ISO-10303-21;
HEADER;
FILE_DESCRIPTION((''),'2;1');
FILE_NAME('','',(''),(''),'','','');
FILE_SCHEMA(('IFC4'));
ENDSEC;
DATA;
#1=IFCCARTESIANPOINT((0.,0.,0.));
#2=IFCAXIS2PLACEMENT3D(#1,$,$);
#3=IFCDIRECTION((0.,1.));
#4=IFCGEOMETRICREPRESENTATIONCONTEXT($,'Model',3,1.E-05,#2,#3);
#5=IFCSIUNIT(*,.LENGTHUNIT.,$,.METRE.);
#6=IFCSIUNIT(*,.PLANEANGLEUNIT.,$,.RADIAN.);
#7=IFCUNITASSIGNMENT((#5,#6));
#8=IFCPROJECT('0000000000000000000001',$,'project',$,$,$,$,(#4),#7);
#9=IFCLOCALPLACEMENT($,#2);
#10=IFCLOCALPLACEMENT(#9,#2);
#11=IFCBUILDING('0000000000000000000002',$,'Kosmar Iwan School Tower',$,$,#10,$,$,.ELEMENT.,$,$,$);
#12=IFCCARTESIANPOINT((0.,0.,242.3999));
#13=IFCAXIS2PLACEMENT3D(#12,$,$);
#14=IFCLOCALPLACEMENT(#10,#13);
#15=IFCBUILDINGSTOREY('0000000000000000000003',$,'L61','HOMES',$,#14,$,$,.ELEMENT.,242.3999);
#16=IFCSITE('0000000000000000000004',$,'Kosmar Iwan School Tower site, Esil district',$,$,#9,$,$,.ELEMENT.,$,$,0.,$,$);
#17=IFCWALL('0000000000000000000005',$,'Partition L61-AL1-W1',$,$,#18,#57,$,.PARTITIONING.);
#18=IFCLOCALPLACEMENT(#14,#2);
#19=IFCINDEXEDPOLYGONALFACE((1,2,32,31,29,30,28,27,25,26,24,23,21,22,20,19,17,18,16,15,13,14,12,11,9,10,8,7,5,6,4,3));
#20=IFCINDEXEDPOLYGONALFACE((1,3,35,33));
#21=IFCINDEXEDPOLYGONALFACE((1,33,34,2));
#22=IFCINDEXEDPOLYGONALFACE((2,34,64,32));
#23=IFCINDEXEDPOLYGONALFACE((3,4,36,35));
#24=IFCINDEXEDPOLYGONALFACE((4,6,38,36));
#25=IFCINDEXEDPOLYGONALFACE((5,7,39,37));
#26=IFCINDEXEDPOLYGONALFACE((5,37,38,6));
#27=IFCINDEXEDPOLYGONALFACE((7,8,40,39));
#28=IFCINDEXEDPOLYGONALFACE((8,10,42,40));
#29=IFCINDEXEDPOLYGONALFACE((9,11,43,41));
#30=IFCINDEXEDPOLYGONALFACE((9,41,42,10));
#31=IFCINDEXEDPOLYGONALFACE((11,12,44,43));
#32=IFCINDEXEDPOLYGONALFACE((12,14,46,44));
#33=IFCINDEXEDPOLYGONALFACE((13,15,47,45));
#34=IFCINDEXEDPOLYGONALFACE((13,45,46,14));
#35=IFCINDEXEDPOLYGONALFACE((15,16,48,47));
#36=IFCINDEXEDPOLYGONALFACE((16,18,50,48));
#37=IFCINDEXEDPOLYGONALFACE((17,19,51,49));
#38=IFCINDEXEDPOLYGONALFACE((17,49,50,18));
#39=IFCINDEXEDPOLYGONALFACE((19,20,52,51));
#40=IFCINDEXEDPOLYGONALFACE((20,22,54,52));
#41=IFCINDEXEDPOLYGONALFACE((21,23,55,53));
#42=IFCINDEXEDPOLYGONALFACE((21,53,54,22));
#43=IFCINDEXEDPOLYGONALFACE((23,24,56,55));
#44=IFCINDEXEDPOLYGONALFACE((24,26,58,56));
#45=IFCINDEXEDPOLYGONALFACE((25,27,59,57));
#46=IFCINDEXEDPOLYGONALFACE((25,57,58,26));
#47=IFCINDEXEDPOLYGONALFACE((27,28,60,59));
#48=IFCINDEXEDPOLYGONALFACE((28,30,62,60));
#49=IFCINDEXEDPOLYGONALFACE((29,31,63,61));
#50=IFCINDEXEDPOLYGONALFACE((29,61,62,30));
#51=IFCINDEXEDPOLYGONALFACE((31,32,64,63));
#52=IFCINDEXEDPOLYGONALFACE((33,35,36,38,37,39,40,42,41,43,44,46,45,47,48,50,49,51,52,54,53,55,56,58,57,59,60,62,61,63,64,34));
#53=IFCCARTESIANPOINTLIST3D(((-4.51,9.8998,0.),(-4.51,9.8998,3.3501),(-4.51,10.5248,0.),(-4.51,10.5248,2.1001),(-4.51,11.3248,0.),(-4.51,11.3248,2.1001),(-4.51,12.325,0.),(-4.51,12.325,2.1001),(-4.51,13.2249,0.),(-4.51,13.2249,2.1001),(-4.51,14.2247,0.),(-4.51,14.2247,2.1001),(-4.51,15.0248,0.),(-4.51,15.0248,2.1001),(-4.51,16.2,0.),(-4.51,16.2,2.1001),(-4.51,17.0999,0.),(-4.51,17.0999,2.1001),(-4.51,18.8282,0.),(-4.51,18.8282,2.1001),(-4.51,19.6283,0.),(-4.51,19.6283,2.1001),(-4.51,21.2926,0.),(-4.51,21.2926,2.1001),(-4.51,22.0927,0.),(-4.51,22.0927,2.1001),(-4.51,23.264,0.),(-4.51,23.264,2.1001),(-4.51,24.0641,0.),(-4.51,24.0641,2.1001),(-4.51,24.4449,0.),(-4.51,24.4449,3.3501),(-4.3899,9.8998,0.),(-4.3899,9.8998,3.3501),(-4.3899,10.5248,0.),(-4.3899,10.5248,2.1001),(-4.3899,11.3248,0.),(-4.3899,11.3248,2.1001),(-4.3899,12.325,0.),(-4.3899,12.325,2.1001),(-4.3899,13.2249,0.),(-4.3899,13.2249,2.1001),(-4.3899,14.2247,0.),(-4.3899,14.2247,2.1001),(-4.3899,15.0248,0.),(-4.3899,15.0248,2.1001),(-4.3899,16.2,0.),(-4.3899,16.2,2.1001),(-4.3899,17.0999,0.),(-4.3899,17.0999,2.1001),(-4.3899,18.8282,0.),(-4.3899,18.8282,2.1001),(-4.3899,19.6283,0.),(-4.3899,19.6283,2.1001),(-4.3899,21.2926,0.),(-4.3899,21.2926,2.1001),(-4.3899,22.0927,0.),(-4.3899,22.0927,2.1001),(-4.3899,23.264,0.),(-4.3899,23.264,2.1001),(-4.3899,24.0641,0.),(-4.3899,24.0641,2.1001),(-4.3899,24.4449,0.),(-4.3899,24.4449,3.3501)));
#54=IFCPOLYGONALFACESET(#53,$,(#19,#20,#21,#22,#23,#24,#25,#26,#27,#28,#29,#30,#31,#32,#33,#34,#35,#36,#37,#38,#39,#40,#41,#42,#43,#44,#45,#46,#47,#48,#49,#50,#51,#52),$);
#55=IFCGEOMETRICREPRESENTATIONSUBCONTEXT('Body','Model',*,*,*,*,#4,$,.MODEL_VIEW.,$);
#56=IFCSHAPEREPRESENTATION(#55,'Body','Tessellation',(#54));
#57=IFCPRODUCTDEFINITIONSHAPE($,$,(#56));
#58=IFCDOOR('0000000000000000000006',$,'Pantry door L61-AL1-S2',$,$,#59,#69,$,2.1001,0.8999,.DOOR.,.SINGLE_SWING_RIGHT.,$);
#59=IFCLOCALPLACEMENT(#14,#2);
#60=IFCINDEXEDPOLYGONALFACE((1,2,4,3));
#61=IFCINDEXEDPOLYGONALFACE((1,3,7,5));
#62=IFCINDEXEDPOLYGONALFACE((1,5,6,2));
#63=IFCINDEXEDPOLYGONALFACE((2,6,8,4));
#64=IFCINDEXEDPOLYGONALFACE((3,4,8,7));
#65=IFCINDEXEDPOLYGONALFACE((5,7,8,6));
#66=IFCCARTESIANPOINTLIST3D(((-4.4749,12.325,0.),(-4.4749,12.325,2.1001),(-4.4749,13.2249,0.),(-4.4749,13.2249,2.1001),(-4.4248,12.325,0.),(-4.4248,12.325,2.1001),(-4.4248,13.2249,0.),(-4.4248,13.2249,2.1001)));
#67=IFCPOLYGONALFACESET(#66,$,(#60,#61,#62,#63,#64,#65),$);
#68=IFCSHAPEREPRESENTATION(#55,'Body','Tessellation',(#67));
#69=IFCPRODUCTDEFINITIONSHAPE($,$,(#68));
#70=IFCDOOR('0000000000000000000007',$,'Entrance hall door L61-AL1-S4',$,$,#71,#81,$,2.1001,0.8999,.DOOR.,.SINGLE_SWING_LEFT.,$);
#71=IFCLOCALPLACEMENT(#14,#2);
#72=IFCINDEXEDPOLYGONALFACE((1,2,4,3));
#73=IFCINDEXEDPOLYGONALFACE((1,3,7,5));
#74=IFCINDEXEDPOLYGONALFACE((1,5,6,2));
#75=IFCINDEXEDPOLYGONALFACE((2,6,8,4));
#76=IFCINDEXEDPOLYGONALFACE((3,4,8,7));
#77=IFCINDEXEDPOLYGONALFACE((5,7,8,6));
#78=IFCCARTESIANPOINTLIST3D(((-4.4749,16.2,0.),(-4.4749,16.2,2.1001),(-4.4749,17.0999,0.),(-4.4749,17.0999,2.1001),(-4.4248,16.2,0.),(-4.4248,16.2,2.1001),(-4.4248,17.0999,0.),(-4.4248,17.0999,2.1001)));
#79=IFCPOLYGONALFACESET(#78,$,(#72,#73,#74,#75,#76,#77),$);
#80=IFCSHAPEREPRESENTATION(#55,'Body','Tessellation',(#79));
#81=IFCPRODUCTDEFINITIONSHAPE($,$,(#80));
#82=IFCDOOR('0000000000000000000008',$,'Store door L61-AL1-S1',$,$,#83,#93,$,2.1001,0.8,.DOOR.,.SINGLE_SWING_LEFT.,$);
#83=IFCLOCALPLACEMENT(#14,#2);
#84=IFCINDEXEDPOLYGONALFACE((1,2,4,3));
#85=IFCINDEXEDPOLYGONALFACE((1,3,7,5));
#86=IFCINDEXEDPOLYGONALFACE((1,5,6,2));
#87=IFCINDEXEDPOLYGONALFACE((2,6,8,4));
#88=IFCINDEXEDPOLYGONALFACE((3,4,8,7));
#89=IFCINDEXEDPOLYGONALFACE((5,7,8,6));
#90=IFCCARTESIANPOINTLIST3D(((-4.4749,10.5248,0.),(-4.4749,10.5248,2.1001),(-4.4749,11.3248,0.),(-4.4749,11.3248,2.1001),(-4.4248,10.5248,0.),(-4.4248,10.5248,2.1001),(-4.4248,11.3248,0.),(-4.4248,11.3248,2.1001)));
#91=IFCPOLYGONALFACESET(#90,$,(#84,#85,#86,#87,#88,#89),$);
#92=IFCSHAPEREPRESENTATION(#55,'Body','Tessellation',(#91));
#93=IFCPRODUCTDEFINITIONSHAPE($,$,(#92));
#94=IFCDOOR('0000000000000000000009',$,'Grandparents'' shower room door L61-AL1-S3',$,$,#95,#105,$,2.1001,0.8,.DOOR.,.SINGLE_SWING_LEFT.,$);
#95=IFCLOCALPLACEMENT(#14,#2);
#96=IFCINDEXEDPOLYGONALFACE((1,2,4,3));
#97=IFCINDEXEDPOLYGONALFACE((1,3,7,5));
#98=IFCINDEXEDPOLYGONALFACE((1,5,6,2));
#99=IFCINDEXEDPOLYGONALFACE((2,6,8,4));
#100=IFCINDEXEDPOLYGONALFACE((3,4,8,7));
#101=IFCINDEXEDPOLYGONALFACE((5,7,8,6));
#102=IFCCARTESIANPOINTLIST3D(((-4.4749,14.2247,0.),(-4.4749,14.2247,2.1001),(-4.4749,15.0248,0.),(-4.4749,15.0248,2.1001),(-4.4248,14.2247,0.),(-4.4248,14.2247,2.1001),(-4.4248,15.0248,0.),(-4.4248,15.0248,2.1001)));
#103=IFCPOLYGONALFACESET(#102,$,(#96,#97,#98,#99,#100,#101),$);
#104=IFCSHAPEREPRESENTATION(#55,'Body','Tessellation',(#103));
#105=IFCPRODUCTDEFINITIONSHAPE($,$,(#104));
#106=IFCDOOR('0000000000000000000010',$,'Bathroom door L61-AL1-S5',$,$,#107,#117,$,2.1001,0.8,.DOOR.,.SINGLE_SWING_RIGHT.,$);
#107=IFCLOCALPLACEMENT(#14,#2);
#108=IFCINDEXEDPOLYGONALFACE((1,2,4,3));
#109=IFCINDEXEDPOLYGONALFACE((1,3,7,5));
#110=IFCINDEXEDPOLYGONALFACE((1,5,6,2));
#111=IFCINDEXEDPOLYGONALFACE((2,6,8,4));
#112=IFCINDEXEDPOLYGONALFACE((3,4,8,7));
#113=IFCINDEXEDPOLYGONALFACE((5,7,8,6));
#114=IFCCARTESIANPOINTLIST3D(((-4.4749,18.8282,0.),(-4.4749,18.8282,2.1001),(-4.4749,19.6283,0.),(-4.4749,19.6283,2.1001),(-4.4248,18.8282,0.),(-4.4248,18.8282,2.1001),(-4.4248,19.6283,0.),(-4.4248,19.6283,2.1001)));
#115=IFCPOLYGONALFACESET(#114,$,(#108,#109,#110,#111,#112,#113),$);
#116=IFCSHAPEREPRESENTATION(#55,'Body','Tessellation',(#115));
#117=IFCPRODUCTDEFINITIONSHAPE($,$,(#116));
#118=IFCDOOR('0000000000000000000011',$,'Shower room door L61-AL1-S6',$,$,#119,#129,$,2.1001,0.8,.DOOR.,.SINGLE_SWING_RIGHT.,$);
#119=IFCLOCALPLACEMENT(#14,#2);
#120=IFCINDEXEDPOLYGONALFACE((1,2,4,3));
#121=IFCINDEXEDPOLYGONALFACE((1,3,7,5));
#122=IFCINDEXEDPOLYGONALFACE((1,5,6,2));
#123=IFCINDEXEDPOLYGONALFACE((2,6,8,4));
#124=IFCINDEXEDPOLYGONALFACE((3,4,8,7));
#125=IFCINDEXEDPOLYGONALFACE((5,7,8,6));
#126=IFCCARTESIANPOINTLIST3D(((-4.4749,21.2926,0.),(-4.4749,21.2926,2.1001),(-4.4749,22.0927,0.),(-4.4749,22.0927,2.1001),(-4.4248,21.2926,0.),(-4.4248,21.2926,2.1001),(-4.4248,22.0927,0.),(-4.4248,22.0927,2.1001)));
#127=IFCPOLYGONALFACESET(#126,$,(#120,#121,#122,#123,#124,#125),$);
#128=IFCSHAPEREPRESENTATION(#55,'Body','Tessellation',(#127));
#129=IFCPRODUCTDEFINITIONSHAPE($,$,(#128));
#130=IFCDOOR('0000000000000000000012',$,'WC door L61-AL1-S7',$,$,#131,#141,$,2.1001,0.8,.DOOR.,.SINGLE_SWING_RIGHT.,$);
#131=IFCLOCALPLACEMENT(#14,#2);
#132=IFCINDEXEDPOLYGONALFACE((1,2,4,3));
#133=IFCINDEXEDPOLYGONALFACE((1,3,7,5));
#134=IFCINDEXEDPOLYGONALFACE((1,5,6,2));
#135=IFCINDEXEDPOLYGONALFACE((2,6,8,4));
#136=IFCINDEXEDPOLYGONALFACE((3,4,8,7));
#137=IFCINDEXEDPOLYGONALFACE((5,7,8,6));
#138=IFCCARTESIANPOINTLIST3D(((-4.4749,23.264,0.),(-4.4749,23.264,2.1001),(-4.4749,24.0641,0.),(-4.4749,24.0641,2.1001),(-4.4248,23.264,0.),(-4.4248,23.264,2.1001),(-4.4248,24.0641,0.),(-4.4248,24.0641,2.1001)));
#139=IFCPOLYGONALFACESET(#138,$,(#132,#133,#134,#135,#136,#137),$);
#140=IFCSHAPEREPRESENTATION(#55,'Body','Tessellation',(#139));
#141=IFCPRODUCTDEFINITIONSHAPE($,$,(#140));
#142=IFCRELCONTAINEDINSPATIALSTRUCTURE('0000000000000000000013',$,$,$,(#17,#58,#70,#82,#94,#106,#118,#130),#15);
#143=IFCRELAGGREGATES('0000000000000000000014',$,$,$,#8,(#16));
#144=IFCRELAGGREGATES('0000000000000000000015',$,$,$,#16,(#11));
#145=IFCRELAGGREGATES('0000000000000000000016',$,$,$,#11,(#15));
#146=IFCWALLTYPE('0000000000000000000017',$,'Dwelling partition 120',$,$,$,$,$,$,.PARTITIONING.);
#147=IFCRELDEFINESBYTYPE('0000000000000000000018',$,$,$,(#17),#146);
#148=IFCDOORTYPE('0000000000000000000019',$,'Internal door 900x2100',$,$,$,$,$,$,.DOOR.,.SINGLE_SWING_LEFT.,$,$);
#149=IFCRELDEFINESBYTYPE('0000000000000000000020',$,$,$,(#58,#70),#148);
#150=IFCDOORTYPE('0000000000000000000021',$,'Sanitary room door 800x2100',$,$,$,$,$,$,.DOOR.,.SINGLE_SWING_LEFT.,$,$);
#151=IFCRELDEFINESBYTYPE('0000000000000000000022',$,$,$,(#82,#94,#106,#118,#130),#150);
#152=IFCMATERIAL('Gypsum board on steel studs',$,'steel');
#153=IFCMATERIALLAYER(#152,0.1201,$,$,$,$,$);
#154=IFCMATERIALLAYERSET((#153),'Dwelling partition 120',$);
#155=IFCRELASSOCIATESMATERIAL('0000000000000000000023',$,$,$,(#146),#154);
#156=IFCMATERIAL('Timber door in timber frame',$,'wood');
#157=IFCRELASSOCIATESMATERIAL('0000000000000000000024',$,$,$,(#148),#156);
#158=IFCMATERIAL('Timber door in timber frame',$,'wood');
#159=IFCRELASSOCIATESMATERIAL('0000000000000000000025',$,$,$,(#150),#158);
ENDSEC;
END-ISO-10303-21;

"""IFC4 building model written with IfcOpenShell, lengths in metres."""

from ifc_helpers import new_model, si_unit, direction, frame, frame_2d, origin, place, context, subcontext, project, spatial, rectangle, extrude, material, layer, layer_set, type_object, element, fill, save


model = new_model("IFC4")

# Units and contexts
model_context = context("Model", 3, precision=1e-05, world=origin(), true_north=direction((0.0, 1.0)))
body_context = subcontext(model_context, "Body", "Model", "MODEL_VIEW")
ifc_project = project(units=[si_unit("LENGTHUNIT", "METRE"), si_unit("PLANEANGLEUNIT", "RADIAN")], contexts=[model_context])

# Site, building, storey
site_placement = place(None, origin())
site = spatial("IfcSite", under=ifc_project, at=site_placement, Name="Kosmar Iwan School Tower site, Esil district", CompositionType="ELEMENT", RefElevation=0.0)
building_placement = place(site_placement, origin())
building = spatial("IfcBuilding", under=site, at=building_placement, Name="Kosmar Iwan School Tower", CompositionType="ELEMENT")
storey_placement = place(building_placement, frame((0.0, 0.0, 242.3999)))
storey = spatial("IfcBuildingStorey", under=building, at=storey_placement, Name="L61", Description="HOMES", CompositionType="ELEMENT", Elevation=242.3999)

# Wall, openings, doors
ifc_material_1 = material(Name="Gypsum board on steel studs", Category="steel")
ifc_layer_1 = layer(ifc_material_1, 0.1201)
ifc_layer_set_1 = layer_set([ifc_layer_1], Name="Dwelling partition 120")
wall_type_1 = type_object("IfcWallType", Name="Dwelling partition 120", PredefinedType="PARTITIONING", material=ifc_layer_set_1)
wall_1_placement = place(storey_placement, frame((-4.45, 9.8999, 0.0), z_axis=(0.0, 0.0, 1.0), x_axis=(0.0, 1.0, 0.0)))
wall_1 = element("IfcWall", 1, at=wall_1_placement, inside=storey, type_object=wall_type_1, Name="Partition L61-AL1-W1", PredefinedType="PARTITIONING", context=body_context, shape_type="SweptSolid", body=[
    extrude(rectangle(XDim=14.5452, YDim=0.1201, at=frame_2d((7.2725, 0.0))), origin(), (0.0, 0.0, 1.0), 3.3501),
])
opening_1_placement = place(wall_1_placement, frame((0.625, 0.0, 0.0)))
opening_1 = element("IfcOpeningElement", 2, at=opening_1_placement, cuts=wall_1, PredefinedType="OPENING", context=body_context, shape_type="SweptSolid", body=[
    extrude(rectangle(XDim=0.8, YDim=2.1001, at=frame_2d((0.3999, 1.05))), frame((0.0, 0.072, 0.0), z_axis=(0.0, -1.0, 0.0), x_axis=(1.0, 0.0, 0.0)), (0.0, 0.0, 1.0), 0.144),
])
opening_2_placement = place(wall_1_placement, frame((2.425, 0.0, 0.0)))
opening_2 = element("IfcOpeningElement", 3, at=opening_2_placement, cuts=wall_1, PredefinedType="OPENING", context=body_context, shape_type="SweptSolid", body=[
    extrude(rectangle(XDim=0.8999, YDim=2.1001, at=frame_2d((0.45, 1.05))), frame((0.0, 0.072, 0.0), z_axis=(0.0, -1.0, 0.0), x_axis=(1.0, 0.0, 0.0)), (0.0, 0.0, 1.0), 0.144),
])
opening_3_placement = place(wall_1_placement, frame((4.325, 0.0, 0.0)))
opening_3 = element("IfcOpeningElement", 4, at=opening_3_placement, cuts=wall_1, PredefinedType="OPENING", context=body_context, shape_type="SweptSolid", body=[
    extrude(rectangle(XDim=0.8, YDim=2.1001, at=frame_2d((0.3999, 1.05))), frame((0.0, 0.072, 0.0), z_axis=(0.0, -1.0, 0.0), x_axis=(1.0, 0.0, 0.0)), (0.0, 0.0, 1.0), 0.144),
])
opening_4_placement = place(wall_1_placement, frame((6.3, 0.0, 0.0)))
opening_4 = element("IfcOpeningElement", 5, at=opening_4_placement, cuts=wall_1, PredefinedType="OPENING", context=body_context, shape_type="SweptSolid", body=[
    extrude(rectangle(XDim=0.8999, YDim=2.1001, at=frame_2d((0.45, 1.05))), frame((0.0, 0.072, 0.0), z_axis=(0.0, -1.0, 0.0), x_axis=(1.0, 0.0, 0.0)), (0.0, 0.0, 1.0), 0.144),
])
opening_5_placement = place(wall_1_placement, frame((8.9285, 0.0, 0.0)))
opening_5 = element("IfcOpeningElement", 6, at=opening_5_placement, cuts=wall_1, PredefinedType="OPENING", context=body_context, shape_type="SweptSolid", body=[
    extrude(rectangle(XDim=0.8, YDim=2.1001, at=frame_2d((0.3999, 1.05))), frame((0.0, 0.072, 0.0), z_axis=(0.0, -1.0, 0.0), x_axis=(1.0, 0.0, 0.0)), (0.0, 0.0, 1.0), 0.144),
])
opening_6_placement = place(wall_1_placement, frame((11.3928, 0.0, 0.0)))
opening_6 = element("IfcOpeningElement", 7, at=opening_6_placement, cuts=wall_1, PredefinedType="OPENING", context=body_context, shape_type="SweptSolid", body=[
    extrude(rectangle(XDim=0.8, YDim=2.1001, at=frame_2d((0.3999, 1.05))), frame((0.0, 0.072, 0.0), z_axis=(0.0, -1.0, 0.0), x_axis=(1.0, 0.0, 0.0)), (0.0, 0.0, 1.0), 0.144),
])
opening_7_placement = place(wall_1_placement, frame((13.3643, 0.0, 0.0)))
opening_7 = element("IfcOpeningElement", 8, at=opening_7_placement, cuts=wall_1, PredefinedType="OPENING", context=body_context, shape_type="SweptSolid", body=[
    extrude(rectangle(XDim=0.8, YDim=2.1001, at=frame_2d((0.3999, 1.05))), frame((0.0, 0.072, 0.0), z_axis=(0.0, -1.0, 0.0), x_axis=(1.0, 0.0, 0.0)), (0.0, 0.0, 1.0), 0.144),
])
ifc_material_2 = material(Name="Timber door in timber frame", Category="wood")
door_type_1 = type_object("IfcDoorType", Name="Internal door 900x2100", OperationType="SINGLE_SWING_LEFT", PredefinedType="DOOR", material=ifc_material_2)
door_1_placement = place(opening_2_placement, origin())
door_1 = element("IfcDoor", 9, at=door_1_placement, inside=storey, type_object=door_type_1, Name="Pantry door L61-AL1-S2", OperationType="SINGLE_SWING_RIGHT", OverallHeight=2.1001, OverallWidth=0.8999, PredefinedType="DOOR", context=body_context, shape_type="SweptSolid", body=[
    extrude(rectangle(XDim=0.8999, YDim=2.1001, at=frame_2d((0.45, 1.05))), frame((0.0, 0.0249, 0.0), z_axis=(0.0, -1.0, 0.0), x_axis=(1.0, 0.0, 0.0)), (0.0, 0.0, 1.0), 0.05),
])
fill(opening_2, door_1)
door_2_placement = place(opening_4_placement, origin())
door_2 = element("IfcDoor", 10, at=door_2_placement, inside=storey, type_object=door_type_1, Name="Entrance hall door L61-AL1-S4", OperationType="SINGLE_SWING_LEFT", OverallHeight=2.1001, OverallWidth=0.8999, PredefinedType="DOOR", context=body_context, shape_type="SweptSolid", body=[
    extrude(rectangle(XDim=0.8999, YDim=2.1001, at=frame_2d((0.45, 1.05))), frame((0.0, 0.0249, 0.0), z_axis=(0.0, -1.0, 0.0), x_axis=(1.0, 0.0, 0.0)), (0.0, 0.0, 1.0), 0.05),
])
fill(opening_4, door_2)
ifc_material_3 = material(Name="Timber door in timber frame", Category="wood")
door_type_2 = type_object("IfcDoorType", Name="Sanitary room door 800x2100", OperationType="SINGLE_SWING_LEFT", PredefinedType="DOOR", material=ifc_material_3)
door_3_placement = place(opening_1_placement, origin())
door_3 = element("IfcDoor", 11, at=door_3_placement, inside=storey, type_object=door_type_2, Name="Store door L61-AL1-S1", OperationType="SINGLE_SWING_LEFT", OverallHeight=2.1001, OverallWidth=0.8, PredefinedType="DOOR", context=body_context, shape_type="SweptSolid", body=[
    extrude(rectangle(XDim=0.8, YDim=2.1001, at=frame_2d((0.3999, 1.05))), frame((0.0, 0.0249, 0.0), z_axis=(0.0, -1.0, 0.0), x_axis=(1.0, 0.0, 0.0)), (0.0, 0.0, 1.0), 0.05),
])
fill(opening_1, door_3)
door_4_placement = place(opening_3_placement, origin())
door_4 = element("IfcDoor", 12, at=door_4_placement, inside=storey, type_object=door_type_2, Name="Grandparents' shower room door L61-AL1-S3", OperationType="SINGLE_SWING_LEFT", OverallHeight=2.1001, OverallWidth=0.8, PredefinedType="DOOR", context=body_context, shape_type="SweptSolid", body=[
    extrude(rectangle(XDim=0.8, YDim=2.1001, at=frame_2d((0.3999, 1.05))), frame((0.0, 0.0249, 0.0), z_axis=(0.0, -1.0, 0.0), x_axis=(1.0, 0.0, 0.0)), (0.0, 0.0, 1.0), 0.05),
])
fill(opening_3, door_4)
door_5_placement = place(opening_5_placement, origin())
door_5 = element("IfcDoor", 13, at=door_5_placement, inside=storey, type_object=door_type_2, Name="Bathroom door L61-AL1-S5", OperationType="SINGLE_SWING_RIGHT", OverallHeight=2.1001, OverallWidth=0.8, PredefinedType="DOOR", context=body_context, shape_type="SweptSolid", body=[
    extrude(rectangle(XDim=0.8, YDim=2.1001, at=frame_2d((0.3999, 1.05))), frame((0.0, 0.0249, 0.0), z_axis=(0.0, -1.0, 0.0), x_axis=(1.0, 0.0, 0.0)), (0.0, 0.0, 1.0), 0.05),
])
fill(opening_5, door_5)
door_6_placement = place(opening_6_placement, origin())
door_6 = element("IfcDoor", 14, at=door_6_placement, inside=storey, type_object=door_type_2, Name="Shower room door L61-AL1-S6", OperationType="SINGLE_SWING_RIGHT", OverallHeight=2.1001, OverallWidth=0.8, PredefinedType="DOOR", context=body_context, shape_type="SweptSolid", body=[
    extrude(rectangle(XDim=0.8, YDim=2.1001, at=frame_2d((0.3999, 1.05))), frame((0.0, 0.0249, 0.0), z_axis=(0.0, -1.0, 0.0), x_axis=(1.0, 0.0, 0.0)), (0.0, 0.0, 1.0), 0.05),
])
fill(opening_6, door_6)
door_7_placement = place(opening_7_placement, origin())
door_7 = element("IfcDoor", 15, at=door_7_placement, inside=storey, type_object=door_type_2, Name="WC door L61-AL1-S7", OperationType="SINGLE_SWING_RIGHT", OverallHeight=2.1001, OverallWidth=0.8, PredefinedType="DOOR", context=body_context, shape_type="SweptSolid", body=[
    extrude(rectangle(XDim=0.8, YDim=2.1001, at=frame_2d((0.3999, 1.05))), frame((0.0, 0.0249, 0.0), z_axis=(0.0, -1.0, 0.0), x_axis=(1.0, 0.0, 0.0)), (0.0, 0.0, 1.0), 0.05),
])
fill(opening_7, door_7)

save(model, "model.ifc")
